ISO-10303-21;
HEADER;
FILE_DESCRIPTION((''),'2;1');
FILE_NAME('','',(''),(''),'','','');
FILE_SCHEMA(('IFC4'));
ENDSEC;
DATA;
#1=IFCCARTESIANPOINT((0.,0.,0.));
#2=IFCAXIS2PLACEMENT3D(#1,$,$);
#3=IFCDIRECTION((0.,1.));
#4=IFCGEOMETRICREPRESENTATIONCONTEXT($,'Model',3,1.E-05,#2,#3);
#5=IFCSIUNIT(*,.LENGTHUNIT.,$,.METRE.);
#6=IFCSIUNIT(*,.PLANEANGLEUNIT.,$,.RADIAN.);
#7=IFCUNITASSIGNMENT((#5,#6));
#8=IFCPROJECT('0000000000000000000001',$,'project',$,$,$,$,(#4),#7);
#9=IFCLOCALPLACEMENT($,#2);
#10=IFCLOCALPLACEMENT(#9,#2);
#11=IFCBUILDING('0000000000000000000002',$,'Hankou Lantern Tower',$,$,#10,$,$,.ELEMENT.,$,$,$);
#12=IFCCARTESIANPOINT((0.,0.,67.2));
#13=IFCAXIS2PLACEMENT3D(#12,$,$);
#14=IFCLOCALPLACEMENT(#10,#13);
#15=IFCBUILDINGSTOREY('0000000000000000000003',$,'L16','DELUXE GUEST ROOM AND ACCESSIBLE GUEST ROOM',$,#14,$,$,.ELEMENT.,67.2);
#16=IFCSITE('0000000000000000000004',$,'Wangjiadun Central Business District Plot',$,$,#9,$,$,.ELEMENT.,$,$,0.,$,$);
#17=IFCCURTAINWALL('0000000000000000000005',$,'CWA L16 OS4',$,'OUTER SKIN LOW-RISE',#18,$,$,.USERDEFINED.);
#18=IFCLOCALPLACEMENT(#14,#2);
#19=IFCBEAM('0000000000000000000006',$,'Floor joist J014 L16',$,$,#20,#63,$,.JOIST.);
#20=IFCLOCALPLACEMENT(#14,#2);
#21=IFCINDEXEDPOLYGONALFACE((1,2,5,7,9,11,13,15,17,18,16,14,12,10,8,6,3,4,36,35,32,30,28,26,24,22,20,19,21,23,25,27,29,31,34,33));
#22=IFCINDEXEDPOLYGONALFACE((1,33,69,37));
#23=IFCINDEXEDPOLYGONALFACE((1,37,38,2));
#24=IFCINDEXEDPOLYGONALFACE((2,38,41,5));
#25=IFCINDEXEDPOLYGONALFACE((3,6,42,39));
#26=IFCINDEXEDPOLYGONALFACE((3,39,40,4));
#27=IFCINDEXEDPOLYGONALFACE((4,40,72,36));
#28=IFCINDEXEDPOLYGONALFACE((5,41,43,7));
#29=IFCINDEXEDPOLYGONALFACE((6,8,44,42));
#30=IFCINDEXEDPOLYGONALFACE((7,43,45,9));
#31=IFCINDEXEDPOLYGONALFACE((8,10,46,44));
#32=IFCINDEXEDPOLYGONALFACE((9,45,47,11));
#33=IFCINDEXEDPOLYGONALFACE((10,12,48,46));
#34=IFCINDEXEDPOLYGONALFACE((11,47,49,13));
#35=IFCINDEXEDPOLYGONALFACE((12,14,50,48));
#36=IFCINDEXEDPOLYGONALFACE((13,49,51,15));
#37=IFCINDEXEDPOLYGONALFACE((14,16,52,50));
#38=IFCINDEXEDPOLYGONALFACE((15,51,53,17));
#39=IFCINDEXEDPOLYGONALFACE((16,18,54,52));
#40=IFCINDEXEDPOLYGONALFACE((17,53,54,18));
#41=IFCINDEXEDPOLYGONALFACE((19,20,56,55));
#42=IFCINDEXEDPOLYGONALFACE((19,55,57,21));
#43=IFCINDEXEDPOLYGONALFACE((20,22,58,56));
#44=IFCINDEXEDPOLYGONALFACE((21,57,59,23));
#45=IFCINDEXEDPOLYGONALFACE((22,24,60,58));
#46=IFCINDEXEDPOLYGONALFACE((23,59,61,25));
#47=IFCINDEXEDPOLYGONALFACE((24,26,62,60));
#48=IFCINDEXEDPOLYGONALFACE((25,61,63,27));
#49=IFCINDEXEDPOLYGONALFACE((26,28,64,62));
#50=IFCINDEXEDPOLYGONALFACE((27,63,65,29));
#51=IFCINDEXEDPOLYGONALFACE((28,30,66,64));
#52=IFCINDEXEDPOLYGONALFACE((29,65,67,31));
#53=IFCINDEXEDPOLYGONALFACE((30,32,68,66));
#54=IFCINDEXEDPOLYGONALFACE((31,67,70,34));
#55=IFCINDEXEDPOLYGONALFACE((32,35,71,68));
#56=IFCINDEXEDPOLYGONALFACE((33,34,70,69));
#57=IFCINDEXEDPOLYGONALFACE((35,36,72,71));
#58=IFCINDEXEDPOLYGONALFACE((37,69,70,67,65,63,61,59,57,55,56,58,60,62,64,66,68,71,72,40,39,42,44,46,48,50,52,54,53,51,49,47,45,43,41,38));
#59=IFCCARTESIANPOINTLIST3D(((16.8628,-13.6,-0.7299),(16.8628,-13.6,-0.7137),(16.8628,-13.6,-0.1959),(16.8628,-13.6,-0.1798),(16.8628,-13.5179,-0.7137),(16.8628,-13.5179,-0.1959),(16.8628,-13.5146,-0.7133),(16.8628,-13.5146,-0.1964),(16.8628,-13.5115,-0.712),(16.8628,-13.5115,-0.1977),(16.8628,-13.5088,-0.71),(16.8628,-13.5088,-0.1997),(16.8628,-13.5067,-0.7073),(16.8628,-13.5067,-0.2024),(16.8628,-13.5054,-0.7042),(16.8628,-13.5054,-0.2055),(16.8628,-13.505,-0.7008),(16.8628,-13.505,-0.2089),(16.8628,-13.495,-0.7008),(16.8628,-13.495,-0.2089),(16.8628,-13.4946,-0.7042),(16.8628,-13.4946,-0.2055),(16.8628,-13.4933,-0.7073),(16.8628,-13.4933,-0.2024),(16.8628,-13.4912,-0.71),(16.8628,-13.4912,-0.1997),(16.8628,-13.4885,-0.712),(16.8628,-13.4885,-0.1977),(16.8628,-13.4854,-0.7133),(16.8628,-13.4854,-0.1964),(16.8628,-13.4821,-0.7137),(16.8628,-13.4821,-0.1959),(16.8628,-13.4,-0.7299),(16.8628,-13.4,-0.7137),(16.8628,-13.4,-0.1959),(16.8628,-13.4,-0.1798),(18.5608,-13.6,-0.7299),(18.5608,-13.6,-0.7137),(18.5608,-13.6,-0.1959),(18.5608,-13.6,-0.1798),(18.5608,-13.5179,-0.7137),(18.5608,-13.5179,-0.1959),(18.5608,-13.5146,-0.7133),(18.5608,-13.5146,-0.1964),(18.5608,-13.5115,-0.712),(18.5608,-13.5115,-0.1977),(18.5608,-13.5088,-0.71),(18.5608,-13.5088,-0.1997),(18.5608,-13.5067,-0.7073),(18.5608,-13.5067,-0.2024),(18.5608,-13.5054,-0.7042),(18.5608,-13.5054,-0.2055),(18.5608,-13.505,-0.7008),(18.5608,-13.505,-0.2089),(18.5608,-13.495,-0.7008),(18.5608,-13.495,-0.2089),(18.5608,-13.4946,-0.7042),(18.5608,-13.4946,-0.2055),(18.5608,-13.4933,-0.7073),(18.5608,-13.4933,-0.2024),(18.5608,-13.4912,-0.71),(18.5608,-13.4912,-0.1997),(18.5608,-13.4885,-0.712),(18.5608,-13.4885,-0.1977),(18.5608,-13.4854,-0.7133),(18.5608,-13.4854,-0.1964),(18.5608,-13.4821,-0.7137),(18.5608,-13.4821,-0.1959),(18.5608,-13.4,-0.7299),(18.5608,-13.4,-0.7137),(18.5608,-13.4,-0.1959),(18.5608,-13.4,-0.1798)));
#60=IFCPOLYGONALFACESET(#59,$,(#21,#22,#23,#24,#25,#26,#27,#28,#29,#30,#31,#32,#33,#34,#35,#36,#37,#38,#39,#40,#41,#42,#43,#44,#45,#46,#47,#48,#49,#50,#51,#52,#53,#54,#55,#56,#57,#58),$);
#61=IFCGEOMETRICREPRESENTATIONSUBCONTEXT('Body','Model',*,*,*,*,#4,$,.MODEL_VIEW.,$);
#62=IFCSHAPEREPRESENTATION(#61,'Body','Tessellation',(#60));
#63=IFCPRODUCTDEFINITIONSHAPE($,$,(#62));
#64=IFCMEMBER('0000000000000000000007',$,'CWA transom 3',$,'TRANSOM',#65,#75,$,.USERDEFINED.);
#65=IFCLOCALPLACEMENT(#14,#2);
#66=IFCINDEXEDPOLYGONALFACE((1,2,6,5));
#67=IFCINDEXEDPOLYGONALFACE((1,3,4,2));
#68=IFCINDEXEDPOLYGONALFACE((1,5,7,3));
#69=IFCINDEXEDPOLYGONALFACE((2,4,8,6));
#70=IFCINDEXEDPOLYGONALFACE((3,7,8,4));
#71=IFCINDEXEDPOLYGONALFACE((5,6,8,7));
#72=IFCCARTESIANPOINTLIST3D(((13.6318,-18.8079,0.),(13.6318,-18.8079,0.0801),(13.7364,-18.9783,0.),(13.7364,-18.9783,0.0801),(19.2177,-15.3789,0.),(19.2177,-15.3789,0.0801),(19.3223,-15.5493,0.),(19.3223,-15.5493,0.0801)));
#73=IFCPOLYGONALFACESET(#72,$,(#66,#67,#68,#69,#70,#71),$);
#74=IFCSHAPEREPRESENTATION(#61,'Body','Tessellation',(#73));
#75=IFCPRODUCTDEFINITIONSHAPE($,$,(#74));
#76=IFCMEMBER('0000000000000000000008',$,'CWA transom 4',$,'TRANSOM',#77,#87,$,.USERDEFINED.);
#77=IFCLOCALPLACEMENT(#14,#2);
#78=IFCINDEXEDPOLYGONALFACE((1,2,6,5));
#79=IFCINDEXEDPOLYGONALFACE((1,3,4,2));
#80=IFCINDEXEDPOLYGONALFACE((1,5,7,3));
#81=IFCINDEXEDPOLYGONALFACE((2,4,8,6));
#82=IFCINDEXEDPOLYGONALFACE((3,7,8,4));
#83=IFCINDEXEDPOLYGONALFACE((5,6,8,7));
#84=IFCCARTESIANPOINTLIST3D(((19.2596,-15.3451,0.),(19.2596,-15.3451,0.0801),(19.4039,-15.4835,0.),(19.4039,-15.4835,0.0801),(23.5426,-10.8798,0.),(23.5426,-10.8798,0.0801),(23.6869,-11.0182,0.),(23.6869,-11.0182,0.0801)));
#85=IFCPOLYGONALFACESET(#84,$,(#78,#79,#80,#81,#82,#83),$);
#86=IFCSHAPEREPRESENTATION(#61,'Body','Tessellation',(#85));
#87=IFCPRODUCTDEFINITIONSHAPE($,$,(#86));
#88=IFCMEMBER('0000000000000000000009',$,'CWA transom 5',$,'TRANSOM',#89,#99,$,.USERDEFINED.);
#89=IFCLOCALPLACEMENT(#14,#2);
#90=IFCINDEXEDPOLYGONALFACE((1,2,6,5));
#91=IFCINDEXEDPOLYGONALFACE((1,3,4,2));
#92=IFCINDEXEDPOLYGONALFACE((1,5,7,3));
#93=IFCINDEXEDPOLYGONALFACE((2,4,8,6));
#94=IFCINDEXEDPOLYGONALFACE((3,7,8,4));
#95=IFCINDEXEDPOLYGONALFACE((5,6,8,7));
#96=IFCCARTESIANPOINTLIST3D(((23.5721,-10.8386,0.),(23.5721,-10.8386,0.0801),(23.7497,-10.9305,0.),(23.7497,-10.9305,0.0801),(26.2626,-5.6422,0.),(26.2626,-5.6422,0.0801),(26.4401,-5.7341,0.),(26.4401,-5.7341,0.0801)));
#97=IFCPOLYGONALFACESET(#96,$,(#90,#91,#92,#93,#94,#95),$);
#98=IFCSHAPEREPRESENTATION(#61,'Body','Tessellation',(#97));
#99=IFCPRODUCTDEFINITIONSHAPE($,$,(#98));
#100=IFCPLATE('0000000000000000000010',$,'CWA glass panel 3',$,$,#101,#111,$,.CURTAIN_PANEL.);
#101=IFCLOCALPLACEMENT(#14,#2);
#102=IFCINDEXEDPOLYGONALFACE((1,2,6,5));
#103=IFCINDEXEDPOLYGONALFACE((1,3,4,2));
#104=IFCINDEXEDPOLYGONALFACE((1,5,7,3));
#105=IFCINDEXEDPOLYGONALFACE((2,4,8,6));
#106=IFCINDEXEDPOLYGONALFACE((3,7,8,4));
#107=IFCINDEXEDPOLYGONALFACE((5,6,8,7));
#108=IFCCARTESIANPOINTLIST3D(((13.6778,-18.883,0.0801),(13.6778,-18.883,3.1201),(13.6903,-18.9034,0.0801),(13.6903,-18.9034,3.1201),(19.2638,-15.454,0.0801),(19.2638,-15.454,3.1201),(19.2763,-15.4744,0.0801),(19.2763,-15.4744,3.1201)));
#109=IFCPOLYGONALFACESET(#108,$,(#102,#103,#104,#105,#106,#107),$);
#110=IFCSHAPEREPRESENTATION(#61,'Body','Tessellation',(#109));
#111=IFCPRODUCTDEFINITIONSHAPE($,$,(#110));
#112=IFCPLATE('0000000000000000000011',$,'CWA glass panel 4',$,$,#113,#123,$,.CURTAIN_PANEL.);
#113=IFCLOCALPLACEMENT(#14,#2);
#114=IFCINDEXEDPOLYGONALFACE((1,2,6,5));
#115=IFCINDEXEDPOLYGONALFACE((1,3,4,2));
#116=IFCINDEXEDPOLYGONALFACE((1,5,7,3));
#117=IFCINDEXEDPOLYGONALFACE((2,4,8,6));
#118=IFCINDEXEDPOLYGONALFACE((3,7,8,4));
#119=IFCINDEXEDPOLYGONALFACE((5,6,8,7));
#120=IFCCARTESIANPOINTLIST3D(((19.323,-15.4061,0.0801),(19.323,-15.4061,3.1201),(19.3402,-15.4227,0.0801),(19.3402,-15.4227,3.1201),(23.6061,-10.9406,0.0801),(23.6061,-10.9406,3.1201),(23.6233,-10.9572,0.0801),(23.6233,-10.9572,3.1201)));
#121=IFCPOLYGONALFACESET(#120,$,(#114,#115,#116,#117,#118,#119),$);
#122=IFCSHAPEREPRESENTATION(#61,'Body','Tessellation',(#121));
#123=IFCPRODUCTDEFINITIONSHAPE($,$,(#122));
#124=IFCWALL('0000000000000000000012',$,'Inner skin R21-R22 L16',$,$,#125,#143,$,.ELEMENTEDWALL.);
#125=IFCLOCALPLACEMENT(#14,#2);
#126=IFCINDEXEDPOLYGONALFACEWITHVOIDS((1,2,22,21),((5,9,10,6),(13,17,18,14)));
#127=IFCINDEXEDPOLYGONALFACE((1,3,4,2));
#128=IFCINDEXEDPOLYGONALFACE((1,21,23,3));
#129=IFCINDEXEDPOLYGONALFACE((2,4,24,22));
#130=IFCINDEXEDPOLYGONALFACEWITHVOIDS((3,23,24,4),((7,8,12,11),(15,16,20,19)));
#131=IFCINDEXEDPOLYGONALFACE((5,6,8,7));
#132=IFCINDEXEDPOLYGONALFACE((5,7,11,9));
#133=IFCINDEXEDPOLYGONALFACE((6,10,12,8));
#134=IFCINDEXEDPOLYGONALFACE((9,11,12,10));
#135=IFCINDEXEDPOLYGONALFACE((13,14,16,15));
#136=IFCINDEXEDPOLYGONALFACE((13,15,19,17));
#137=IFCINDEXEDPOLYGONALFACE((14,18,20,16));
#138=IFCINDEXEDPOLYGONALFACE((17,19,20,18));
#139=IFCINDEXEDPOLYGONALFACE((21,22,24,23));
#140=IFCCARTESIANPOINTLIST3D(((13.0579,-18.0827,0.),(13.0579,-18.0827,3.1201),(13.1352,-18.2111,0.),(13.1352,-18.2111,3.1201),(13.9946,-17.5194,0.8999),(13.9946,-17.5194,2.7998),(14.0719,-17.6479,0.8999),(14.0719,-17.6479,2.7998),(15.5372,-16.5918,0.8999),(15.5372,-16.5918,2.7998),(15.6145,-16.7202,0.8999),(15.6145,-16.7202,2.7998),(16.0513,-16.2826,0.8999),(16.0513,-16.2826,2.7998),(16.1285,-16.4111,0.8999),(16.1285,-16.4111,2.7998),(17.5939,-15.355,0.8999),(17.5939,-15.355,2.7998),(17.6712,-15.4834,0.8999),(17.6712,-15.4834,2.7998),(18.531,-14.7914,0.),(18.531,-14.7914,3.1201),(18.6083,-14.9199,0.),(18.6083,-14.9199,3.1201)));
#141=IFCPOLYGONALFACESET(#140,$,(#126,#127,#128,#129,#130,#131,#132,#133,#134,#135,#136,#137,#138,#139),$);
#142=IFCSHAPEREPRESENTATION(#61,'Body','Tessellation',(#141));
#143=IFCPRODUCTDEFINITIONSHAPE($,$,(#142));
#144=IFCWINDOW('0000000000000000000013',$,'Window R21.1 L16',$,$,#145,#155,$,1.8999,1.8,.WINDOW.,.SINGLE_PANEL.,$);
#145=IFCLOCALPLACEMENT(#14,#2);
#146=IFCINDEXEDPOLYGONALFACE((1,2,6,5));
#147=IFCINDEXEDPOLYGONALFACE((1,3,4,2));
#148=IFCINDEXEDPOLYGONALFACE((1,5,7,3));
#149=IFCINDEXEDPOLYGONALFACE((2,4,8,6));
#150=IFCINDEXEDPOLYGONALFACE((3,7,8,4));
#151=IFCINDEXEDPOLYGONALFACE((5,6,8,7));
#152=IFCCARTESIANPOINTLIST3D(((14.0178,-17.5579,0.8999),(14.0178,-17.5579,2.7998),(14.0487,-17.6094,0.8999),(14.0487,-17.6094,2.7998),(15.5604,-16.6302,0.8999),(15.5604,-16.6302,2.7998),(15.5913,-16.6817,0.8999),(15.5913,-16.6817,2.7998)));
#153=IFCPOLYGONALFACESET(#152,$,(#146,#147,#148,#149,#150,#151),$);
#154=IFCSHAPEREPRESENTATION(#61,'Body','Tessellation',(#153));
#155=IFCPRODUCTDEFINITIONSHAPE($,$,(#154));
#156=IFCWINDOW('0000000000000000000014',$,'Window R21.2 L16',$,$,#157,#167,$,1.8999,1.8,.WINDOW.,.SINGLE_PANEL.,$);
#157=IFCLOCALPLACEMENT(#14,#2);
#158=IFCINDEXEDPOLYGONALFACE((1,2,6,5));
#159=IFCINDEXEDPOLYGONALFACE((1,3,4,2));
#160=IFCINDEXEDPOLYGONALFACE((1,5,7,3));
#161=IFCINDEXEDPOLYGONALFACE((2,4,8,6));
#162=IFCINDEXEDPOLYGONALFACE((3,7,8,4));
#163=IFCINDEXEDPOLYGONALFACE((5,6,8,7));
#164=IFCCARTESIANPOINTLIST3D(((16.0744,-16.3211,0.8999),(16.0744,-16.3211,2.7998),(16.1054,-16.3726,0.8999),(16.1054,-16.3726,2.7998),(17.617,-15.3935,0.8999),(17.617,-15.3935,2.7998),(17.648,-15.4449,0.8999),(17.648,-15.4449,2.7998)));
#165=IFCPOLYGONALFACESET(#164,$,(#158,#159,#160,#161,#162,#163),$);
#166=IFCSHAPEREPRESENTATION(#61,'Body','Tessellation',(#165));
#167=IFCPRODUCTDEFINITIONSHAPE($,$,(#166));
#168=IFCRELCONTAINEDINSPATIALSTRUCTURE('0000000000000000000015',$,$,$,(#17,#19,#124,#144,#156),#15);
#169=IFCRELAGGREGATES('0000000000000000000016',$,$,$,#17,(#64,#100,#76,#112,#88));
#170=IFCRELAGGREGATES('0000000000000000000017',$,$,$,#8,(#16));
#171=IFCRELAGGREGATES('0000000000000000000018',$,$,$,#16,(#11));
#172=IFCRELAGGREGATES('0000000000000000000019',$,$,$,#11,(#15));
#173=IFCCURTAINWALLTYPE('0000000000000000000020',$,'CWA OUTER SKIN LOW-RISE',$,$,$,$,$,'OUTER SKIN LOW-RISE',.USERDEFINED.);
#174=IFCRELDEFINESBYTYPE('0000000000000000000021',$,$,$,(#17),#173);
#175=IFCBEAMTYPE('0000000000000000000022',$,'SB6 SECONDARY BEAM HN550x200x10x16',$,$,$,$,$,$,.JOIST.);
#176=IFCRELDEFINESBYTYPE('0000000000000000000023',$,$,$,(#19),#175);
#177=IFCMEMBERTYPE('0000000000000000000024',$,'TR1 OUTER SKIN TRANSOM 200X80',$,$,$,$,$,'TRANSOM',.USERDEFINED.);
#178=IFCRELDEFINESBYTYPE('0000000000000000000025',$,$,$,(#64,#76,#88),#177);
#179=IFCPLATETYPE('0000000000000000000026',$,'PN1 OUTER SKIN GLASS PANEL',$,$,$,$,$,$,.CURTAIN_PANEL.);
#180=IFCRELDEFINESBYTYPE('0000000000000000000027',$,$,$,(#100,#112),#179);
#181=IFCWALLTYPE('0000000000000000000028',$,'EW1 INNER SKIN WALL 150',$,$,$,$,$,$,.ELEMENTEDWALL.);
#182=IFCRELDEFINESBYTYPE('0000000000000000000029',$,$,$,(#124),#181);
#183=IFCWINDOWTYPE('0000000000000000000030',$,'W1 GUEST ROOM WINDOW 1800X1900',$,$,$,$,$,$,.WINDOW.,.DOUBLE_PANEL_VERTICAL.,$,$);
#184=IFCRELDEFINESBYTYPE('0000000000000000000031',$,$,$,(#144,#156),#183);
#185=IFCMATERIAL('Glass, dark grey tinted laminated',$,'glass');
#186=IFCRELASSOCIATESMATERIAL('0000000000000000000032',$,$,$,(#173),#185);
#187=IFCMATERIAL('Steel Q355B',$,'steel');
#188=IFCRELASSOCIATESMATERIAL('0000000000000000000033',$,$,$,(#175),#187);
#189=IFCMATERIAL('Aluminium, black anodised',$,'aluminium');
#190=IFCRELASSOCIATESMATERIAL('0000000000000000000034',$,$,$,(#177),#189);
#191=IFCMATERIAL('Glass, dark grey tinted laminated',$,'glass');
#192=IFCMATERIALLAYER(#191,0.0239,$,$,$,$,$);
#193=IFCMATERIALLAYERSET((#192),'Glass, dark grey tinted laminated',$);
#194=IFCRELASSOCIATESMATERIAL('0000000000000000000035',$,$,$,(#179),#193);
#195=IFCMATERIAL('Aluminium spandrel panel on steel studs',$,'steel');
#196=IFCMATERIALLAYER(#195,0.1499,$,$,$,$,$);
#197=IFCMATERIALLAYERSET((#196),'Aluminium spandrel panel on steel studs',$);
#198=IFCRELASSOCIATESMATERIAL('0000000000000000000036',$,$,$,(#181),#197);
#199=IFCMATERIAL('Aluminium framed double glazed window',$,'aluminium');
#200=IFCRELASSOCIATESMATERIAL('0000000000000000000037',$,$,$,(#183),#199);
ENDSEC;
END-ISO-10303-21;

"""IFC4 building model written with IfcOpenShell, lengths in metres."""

from ifc_helpers import new_model, si_unit, direction, frame, frame_2d, origin, origin_2d, place, context, subcontext, project, spatial, rectangle, i_section, extrude, material, layer, layer_set, material_profile, profile_set, type_object, element, fill, aggregate, save


model = new_model("IFC4")

# Units and contexts
model_context = context("Model", 3, precision=1e-05, world=origin(), true_north=direction((0.0, 1.0)))
body_context = subcontext(model_context, "Body", "Model", "MODEL_VIEW")
ifc_project = project(units=[si_unit("LENGTHUNIT", "METRE"), si_unit("PLANEANGLEUNIT", "RADIAN")], contexts=[model_context])

# Site, building, storey
site_placement = place(None, origin())
site = spatial("IfcSite", under=ifc_project, at=site_placement, Name="Wangjiadun Central Business District Plot", CompositionType="ELEMENT", RefElevation=0.0)
building_placement = place(site_placement, origin())
building = spatial("IfcBuilding", under=site, at=building_placement, Name="Hankou Lantern Tower", CompositionType="ELEMENT")
storey_placement = place(building_placement, frame((0.0, 0.0, 67.2)))
storey = spatial("IfcBuildingStorey", under=building, at=storey_placement, Name="L16", Description="DELUXE GUEST ROOM AND ACCESSIBLE GUEST ROOM", CompositionType="ELEMENT", Elevation=67.2)

# Curtain wall
ifc_material_1 = material(Name="Glass, dark grey tinted laminated", Category="glass")
curtain_wall_type = type_object("IfcCurtainWallType", Name="CWA OUTER SKIN LOW-RISE", ElementType="OUTER SKIN LOW-RISE", PredefinedType="USERDEFINED", material=ifc_material_1)
curtain_wall_placement = place(storey_placement, origin())
curtain_wall = element("IfcCurtainWall", 1, at=curtain_wall_placement, inside=storey, type_object=curtain_wall_type, Name="CWA L16 OS4", ObjectType="OUTER SKIN LOW-RISE", PredefinedType="USERDEFINED")

# Beam
ifc_material_2 = material(Name="Steel Q355B", Category="steel")
ifc_material_profile_1 = material_profile(ifc_material_2, i_section(OverallWidth=0.2, OverallDepth=0.55, WebThickness=0.01, FlangeThickness=0.0161, FilletRadius=0.0129, at=origin_2d()), Name="HN550x200x10x16")
ifc_profile_set_1 = profile_set([ifc_material_profile_1], Name="Steel Q355B")
beam_type_1 = type_object("IfcBeamType", Name="SB6 SECONDARY BEAM HN550x200x10x16", PredefinedType="JOIST", material=ifc_profile_set_1)
beam_1_placement = place(storey_placement, frame((16.8628, -13.5, -0.4548), z_axis=(1.0, 0.0, 0.0), x_axis=(0.0, 1.0, 0.0)))
element("IfcBeam", 2, at=beam_1_placement, inside=storey, type_object=beam_type_1, Name="Floor joist J014 L16", PredefinedType="JOIST", context=body_context, shape_type="SweptSolid", body=[
    extrude(i_section(OverallWidth=0.2, OverallDepth=0.55, WebThickness=0.01, FlangeThickness=0.0161, FilletRadius=0.0129, at=origin_2d()), origin(), (0.0, 0.0, 1.0), 1.698),
])

# Members
ifc_material_3 = material(Name="Aluminium, black anodised", Category="aluminium")
ifc_material_profile_2 = material_profile(ifc_material_3, rectangle(XDim=0.2, YDim=0.0801, at=origin_2d()), Name="TR1 200X80")
ifc_profile_set_2 = profile_set([ifc_material_profile_2], Name="Aluminium, black anodised")
member_type_1 = type_object("IfcMemberType", Name="TR1 OUTER SKIN TRANSOM 200X80", ElementType="TRANSOM", PredefinedType="USERDEFINED", material=ifc_profile_set_2)
member_1_placement = place(storey_placement, frame((13.6841, -18.8931, 0.04), z_axis=(0.85224, 0.523152, 0.0), x_axis=(-0.523152, 0.85224, 0.0)))
member_1 = element("IfcMember", 3, at=member_1_placement, type_object=member_type_1, Name="CWA transom 3", ObjectType="TRANSOM", PredefinedType="USERDEFINED", context=body_context, shape_type="SweptSolid", body=[
    extrude(rectangle(XDim=0.2, YDim=0.0801, at=origin_2d()), origin(), (0.0, 0.0, 1.0), 6.5544),
])
member_2_placement = place(storey_placement, frame((19.3318, -15.4143, 0.04), z_axis=(0.692216, 0.721691, 0.0), x_axis=(-0.721691, 0.692216, 0.0)))
member_2 = element("IfcMember", 4, at=member_2_placement, type_object=member_type_1, Name="CWA transom 4", ObjectType="TRANSOM", PredefinedType="USERDEFINED", context=body_context, shape_type="SweptSolid", body=[
    extrude(rectangle(XDim=0.2, YDim=0.0801, at=origin_2d()), origin(), (0.0, 0.0, 1.0), 6.1873),
])
member_3_placement = place(storey_placement, frame((23.6609, -10.8845, 0.04), z_axis=(0.459786, 0.88803, 0.0), x_axis=(-0.88803, 0.459786, 0.0)))
member_3 = element("IfcMember", 5, at=member_3_placement, type_object=member_type_1, Name="CWA transom 5", ObjectType="TRANSOM", PredefinedType="USERDEFINED", context=body_context, shape_type="SweptSolid", body=[
    extrude(rectangle(XDim=0.2, YDim=0.0801, at=origin_2d()), origin(), (0.0, 0.0, 1.0), 5.8516),
])

# Plates
ifc_material_4 = material(Name="Glass, dark grey tinted laminated", Category="glass")
ifc_layer_1 = layer(ifc_material_4, 0.0239)
ifc_layer_set_1 = layer_set([ifc_layer_1], Name="Glass, dark grey tinted laminated")
plate_type = type_object("IfcPlateType", Name="PN1 OUTER SKIN GLASS PANEL", PredefinedType="CURTAIN_PANEL", material=ifc_layer_set_1)
plate_1_placement = place(storey_placement, frame((16.4771, -17.1787, 0.0801), z_axis=(0.0, 0.0, 1.0), x_axis=(0.852237, 0.523156, 0.0)))
plate_1 = element("IfcPlate", 6, at=plate_1_placement, type_object=plate_type, Name="CWA glass panel 3", PredefinedType="CURTAIN_PANEL", context=body_context, shape_type="SweptSolid", body=[
    extrude(rectangle(XDim=6.5544, YDim=0.0239, at=origin_2d()), origin(), (0.0, 0.0, 1.0), 3.04),
])
plate_2_placement = place(storey_placement, frame((21.4731, -13.1816, 0.0801), z_axis=(0.0, 0.0, 1.0), x_axis=(0.692216, 0.721691, 0.0)))
plate_2 = element("IfcPlate", 7, at=plate_2_placement, type_object=plate_type, Name="CWA glass panel 4", PredefinedType="CURTAIN_PANEL", context=body_context, shape_type="SweptSolid", body=[
    extrude(rectangle(XDim=6.1875, YDim=0.0239, at=origin_2d()), origin(), (0.0, 0.0, 1.0), 3.04),
])
aggregate(curtain_wall, [member_1, plate_1, member_2, plate_2, member_3])

# Wall, openings, windows
ifc_material_5 = material(Name="Aluminium spandrel panel on steel studs", Category="steel")
ifc_layer_2 = layer(ifc_material_5, 0.1499)
ifc_layer_set_2 = layer_set([ifc_layer_2], Name="Aluminium spandrel panel on steel studs")
wall_type_1 = type_object("IfcWallType", Name="EW1 INNER SKIN WALL 150", PredefinedType="ELEMENTEDWALL", material=ifc_layer_set_2)
wall_1_placement = place(storey_placement, frame((13.0964, -18.147, 0.0), z_axis=(0.0, 0.0, 1.0), x_axis=(0.856983, 0.515344, 0.0)))
wall_1 = element("IfcWall", 8, at=wall_1_placement, inside=storey, type_object=wall_type_1, Name="Inner skin R21-R22 L16", PredefinedType="ELEMENTEDWALL", context=body_context, shape_type="SweptSolid", body=[
    extrude(rectangle(XDim=6.3865, YDim=0.1499, at=frame_2d((3.1934, 0.0))), origin(), (0.0, 0.0, 1.0), 3.1201),
])
opening_1_placement = place(wall_1_placement, frame((1.0933, 0.0, 0.8999)))
opening_1 = element("IfcOpeningElement", 9, at=opening_1_placement, cuts=wall_1, PredefinedType="OPENING", context=body_context, shape_type="SweptSolid", body=[
    extrude(rectangle(XDim=1.8, YDim=1.8999, at=frame_2d((0.8999, 0.95))), frame((0.0, 0.085, 0.0), z_axis=(0.0, -1.0, 0.0), x_axis=(1.0, 0.0, 0.0)), (0.0, 0.0, 1.0), 0.1699),
])
opening_2_placement = place(wall_1_placement, frame((3.4932, 0.0, 0.8999)))
opening_2 = element("IfcOpeningElement", 10, at=opening_2_placement, cuts=wall_1, PredefinedType="OPENING", context=body_context, shape_type="SweptSolid", body=[
    extrude(rectangle(XDim=1.8, YDim=1.8999, at=frame_2d((0.8999, 0.95))), frame((0.0, 0.085, 0.0), z_axis=(0.0, -1.0, 0.0), x_axis=(1.0, 0.0, 0.0)), (0.0, 0.0, 1.0), 0.1699),
])
ifc_material_6 = material(Name="Aluminium framed double glazed window", Category="aluminium")
window_type = type_object("IfcWindowType", Name="W1 GUEST ROOM WINDOW 1800X1900", PartitioningType="DOUBLE_PANEL_VERTICAL", PredefinedType="WINDOW", material=ifc_material_6)
window_1_placement = place(opening_1_placement, origin())
window_1 = element("IfcWindow", 11, at=window_1_placement, inside=storey, type_object=window_type, Name="Window R21.1 L16", OverallHeight=1.8999, OverallWidth=1.8, PartitioningType="SINGLE_PANEL", PredefinedType="WINDOW", context=body_context, shape_type="SweptSolid", body=[
    extrude(rectangle(XDim=1.8, YDim=1.8999, at=frame_2d((0.8999, 0.95))), frame((0.0, 0.03, 0.0), z_axis=(0.0, -1.0, 0.0), x_axis=(1.0, 0.0, 0.0)), (0.0, 0.0, 1.0), 0.0601),
])
fill(opening_1, window_1)
window_2_placement = place(opening_2_placement, origin())
window_2 = element("IfcWindow", 12, at=window_2_placement, inside=storey, type_object=window_type, Name="Window R21.2 L16", OverallHeight=1.8999, OverallWidth=1.8, PartitioningType="SINGLE_PANEL", PredefinedType="WINDOW", context=body_context, shape_type="SweptSolid", body=[
    extrude(rectangle(XDim=1.8, YDim=1.8999, at=frame_2d((0.8999, 0.95))), frame((0.0, 0.03, 0.0), z_axis=(0.0, -1.0, 0.0), x_axis=(1.0, 0.0, 0.0)), (0.0, 0.0, 1.0), 0.0601),
])
fill(opening_2, window_2)

save(model, "model.ifc")
